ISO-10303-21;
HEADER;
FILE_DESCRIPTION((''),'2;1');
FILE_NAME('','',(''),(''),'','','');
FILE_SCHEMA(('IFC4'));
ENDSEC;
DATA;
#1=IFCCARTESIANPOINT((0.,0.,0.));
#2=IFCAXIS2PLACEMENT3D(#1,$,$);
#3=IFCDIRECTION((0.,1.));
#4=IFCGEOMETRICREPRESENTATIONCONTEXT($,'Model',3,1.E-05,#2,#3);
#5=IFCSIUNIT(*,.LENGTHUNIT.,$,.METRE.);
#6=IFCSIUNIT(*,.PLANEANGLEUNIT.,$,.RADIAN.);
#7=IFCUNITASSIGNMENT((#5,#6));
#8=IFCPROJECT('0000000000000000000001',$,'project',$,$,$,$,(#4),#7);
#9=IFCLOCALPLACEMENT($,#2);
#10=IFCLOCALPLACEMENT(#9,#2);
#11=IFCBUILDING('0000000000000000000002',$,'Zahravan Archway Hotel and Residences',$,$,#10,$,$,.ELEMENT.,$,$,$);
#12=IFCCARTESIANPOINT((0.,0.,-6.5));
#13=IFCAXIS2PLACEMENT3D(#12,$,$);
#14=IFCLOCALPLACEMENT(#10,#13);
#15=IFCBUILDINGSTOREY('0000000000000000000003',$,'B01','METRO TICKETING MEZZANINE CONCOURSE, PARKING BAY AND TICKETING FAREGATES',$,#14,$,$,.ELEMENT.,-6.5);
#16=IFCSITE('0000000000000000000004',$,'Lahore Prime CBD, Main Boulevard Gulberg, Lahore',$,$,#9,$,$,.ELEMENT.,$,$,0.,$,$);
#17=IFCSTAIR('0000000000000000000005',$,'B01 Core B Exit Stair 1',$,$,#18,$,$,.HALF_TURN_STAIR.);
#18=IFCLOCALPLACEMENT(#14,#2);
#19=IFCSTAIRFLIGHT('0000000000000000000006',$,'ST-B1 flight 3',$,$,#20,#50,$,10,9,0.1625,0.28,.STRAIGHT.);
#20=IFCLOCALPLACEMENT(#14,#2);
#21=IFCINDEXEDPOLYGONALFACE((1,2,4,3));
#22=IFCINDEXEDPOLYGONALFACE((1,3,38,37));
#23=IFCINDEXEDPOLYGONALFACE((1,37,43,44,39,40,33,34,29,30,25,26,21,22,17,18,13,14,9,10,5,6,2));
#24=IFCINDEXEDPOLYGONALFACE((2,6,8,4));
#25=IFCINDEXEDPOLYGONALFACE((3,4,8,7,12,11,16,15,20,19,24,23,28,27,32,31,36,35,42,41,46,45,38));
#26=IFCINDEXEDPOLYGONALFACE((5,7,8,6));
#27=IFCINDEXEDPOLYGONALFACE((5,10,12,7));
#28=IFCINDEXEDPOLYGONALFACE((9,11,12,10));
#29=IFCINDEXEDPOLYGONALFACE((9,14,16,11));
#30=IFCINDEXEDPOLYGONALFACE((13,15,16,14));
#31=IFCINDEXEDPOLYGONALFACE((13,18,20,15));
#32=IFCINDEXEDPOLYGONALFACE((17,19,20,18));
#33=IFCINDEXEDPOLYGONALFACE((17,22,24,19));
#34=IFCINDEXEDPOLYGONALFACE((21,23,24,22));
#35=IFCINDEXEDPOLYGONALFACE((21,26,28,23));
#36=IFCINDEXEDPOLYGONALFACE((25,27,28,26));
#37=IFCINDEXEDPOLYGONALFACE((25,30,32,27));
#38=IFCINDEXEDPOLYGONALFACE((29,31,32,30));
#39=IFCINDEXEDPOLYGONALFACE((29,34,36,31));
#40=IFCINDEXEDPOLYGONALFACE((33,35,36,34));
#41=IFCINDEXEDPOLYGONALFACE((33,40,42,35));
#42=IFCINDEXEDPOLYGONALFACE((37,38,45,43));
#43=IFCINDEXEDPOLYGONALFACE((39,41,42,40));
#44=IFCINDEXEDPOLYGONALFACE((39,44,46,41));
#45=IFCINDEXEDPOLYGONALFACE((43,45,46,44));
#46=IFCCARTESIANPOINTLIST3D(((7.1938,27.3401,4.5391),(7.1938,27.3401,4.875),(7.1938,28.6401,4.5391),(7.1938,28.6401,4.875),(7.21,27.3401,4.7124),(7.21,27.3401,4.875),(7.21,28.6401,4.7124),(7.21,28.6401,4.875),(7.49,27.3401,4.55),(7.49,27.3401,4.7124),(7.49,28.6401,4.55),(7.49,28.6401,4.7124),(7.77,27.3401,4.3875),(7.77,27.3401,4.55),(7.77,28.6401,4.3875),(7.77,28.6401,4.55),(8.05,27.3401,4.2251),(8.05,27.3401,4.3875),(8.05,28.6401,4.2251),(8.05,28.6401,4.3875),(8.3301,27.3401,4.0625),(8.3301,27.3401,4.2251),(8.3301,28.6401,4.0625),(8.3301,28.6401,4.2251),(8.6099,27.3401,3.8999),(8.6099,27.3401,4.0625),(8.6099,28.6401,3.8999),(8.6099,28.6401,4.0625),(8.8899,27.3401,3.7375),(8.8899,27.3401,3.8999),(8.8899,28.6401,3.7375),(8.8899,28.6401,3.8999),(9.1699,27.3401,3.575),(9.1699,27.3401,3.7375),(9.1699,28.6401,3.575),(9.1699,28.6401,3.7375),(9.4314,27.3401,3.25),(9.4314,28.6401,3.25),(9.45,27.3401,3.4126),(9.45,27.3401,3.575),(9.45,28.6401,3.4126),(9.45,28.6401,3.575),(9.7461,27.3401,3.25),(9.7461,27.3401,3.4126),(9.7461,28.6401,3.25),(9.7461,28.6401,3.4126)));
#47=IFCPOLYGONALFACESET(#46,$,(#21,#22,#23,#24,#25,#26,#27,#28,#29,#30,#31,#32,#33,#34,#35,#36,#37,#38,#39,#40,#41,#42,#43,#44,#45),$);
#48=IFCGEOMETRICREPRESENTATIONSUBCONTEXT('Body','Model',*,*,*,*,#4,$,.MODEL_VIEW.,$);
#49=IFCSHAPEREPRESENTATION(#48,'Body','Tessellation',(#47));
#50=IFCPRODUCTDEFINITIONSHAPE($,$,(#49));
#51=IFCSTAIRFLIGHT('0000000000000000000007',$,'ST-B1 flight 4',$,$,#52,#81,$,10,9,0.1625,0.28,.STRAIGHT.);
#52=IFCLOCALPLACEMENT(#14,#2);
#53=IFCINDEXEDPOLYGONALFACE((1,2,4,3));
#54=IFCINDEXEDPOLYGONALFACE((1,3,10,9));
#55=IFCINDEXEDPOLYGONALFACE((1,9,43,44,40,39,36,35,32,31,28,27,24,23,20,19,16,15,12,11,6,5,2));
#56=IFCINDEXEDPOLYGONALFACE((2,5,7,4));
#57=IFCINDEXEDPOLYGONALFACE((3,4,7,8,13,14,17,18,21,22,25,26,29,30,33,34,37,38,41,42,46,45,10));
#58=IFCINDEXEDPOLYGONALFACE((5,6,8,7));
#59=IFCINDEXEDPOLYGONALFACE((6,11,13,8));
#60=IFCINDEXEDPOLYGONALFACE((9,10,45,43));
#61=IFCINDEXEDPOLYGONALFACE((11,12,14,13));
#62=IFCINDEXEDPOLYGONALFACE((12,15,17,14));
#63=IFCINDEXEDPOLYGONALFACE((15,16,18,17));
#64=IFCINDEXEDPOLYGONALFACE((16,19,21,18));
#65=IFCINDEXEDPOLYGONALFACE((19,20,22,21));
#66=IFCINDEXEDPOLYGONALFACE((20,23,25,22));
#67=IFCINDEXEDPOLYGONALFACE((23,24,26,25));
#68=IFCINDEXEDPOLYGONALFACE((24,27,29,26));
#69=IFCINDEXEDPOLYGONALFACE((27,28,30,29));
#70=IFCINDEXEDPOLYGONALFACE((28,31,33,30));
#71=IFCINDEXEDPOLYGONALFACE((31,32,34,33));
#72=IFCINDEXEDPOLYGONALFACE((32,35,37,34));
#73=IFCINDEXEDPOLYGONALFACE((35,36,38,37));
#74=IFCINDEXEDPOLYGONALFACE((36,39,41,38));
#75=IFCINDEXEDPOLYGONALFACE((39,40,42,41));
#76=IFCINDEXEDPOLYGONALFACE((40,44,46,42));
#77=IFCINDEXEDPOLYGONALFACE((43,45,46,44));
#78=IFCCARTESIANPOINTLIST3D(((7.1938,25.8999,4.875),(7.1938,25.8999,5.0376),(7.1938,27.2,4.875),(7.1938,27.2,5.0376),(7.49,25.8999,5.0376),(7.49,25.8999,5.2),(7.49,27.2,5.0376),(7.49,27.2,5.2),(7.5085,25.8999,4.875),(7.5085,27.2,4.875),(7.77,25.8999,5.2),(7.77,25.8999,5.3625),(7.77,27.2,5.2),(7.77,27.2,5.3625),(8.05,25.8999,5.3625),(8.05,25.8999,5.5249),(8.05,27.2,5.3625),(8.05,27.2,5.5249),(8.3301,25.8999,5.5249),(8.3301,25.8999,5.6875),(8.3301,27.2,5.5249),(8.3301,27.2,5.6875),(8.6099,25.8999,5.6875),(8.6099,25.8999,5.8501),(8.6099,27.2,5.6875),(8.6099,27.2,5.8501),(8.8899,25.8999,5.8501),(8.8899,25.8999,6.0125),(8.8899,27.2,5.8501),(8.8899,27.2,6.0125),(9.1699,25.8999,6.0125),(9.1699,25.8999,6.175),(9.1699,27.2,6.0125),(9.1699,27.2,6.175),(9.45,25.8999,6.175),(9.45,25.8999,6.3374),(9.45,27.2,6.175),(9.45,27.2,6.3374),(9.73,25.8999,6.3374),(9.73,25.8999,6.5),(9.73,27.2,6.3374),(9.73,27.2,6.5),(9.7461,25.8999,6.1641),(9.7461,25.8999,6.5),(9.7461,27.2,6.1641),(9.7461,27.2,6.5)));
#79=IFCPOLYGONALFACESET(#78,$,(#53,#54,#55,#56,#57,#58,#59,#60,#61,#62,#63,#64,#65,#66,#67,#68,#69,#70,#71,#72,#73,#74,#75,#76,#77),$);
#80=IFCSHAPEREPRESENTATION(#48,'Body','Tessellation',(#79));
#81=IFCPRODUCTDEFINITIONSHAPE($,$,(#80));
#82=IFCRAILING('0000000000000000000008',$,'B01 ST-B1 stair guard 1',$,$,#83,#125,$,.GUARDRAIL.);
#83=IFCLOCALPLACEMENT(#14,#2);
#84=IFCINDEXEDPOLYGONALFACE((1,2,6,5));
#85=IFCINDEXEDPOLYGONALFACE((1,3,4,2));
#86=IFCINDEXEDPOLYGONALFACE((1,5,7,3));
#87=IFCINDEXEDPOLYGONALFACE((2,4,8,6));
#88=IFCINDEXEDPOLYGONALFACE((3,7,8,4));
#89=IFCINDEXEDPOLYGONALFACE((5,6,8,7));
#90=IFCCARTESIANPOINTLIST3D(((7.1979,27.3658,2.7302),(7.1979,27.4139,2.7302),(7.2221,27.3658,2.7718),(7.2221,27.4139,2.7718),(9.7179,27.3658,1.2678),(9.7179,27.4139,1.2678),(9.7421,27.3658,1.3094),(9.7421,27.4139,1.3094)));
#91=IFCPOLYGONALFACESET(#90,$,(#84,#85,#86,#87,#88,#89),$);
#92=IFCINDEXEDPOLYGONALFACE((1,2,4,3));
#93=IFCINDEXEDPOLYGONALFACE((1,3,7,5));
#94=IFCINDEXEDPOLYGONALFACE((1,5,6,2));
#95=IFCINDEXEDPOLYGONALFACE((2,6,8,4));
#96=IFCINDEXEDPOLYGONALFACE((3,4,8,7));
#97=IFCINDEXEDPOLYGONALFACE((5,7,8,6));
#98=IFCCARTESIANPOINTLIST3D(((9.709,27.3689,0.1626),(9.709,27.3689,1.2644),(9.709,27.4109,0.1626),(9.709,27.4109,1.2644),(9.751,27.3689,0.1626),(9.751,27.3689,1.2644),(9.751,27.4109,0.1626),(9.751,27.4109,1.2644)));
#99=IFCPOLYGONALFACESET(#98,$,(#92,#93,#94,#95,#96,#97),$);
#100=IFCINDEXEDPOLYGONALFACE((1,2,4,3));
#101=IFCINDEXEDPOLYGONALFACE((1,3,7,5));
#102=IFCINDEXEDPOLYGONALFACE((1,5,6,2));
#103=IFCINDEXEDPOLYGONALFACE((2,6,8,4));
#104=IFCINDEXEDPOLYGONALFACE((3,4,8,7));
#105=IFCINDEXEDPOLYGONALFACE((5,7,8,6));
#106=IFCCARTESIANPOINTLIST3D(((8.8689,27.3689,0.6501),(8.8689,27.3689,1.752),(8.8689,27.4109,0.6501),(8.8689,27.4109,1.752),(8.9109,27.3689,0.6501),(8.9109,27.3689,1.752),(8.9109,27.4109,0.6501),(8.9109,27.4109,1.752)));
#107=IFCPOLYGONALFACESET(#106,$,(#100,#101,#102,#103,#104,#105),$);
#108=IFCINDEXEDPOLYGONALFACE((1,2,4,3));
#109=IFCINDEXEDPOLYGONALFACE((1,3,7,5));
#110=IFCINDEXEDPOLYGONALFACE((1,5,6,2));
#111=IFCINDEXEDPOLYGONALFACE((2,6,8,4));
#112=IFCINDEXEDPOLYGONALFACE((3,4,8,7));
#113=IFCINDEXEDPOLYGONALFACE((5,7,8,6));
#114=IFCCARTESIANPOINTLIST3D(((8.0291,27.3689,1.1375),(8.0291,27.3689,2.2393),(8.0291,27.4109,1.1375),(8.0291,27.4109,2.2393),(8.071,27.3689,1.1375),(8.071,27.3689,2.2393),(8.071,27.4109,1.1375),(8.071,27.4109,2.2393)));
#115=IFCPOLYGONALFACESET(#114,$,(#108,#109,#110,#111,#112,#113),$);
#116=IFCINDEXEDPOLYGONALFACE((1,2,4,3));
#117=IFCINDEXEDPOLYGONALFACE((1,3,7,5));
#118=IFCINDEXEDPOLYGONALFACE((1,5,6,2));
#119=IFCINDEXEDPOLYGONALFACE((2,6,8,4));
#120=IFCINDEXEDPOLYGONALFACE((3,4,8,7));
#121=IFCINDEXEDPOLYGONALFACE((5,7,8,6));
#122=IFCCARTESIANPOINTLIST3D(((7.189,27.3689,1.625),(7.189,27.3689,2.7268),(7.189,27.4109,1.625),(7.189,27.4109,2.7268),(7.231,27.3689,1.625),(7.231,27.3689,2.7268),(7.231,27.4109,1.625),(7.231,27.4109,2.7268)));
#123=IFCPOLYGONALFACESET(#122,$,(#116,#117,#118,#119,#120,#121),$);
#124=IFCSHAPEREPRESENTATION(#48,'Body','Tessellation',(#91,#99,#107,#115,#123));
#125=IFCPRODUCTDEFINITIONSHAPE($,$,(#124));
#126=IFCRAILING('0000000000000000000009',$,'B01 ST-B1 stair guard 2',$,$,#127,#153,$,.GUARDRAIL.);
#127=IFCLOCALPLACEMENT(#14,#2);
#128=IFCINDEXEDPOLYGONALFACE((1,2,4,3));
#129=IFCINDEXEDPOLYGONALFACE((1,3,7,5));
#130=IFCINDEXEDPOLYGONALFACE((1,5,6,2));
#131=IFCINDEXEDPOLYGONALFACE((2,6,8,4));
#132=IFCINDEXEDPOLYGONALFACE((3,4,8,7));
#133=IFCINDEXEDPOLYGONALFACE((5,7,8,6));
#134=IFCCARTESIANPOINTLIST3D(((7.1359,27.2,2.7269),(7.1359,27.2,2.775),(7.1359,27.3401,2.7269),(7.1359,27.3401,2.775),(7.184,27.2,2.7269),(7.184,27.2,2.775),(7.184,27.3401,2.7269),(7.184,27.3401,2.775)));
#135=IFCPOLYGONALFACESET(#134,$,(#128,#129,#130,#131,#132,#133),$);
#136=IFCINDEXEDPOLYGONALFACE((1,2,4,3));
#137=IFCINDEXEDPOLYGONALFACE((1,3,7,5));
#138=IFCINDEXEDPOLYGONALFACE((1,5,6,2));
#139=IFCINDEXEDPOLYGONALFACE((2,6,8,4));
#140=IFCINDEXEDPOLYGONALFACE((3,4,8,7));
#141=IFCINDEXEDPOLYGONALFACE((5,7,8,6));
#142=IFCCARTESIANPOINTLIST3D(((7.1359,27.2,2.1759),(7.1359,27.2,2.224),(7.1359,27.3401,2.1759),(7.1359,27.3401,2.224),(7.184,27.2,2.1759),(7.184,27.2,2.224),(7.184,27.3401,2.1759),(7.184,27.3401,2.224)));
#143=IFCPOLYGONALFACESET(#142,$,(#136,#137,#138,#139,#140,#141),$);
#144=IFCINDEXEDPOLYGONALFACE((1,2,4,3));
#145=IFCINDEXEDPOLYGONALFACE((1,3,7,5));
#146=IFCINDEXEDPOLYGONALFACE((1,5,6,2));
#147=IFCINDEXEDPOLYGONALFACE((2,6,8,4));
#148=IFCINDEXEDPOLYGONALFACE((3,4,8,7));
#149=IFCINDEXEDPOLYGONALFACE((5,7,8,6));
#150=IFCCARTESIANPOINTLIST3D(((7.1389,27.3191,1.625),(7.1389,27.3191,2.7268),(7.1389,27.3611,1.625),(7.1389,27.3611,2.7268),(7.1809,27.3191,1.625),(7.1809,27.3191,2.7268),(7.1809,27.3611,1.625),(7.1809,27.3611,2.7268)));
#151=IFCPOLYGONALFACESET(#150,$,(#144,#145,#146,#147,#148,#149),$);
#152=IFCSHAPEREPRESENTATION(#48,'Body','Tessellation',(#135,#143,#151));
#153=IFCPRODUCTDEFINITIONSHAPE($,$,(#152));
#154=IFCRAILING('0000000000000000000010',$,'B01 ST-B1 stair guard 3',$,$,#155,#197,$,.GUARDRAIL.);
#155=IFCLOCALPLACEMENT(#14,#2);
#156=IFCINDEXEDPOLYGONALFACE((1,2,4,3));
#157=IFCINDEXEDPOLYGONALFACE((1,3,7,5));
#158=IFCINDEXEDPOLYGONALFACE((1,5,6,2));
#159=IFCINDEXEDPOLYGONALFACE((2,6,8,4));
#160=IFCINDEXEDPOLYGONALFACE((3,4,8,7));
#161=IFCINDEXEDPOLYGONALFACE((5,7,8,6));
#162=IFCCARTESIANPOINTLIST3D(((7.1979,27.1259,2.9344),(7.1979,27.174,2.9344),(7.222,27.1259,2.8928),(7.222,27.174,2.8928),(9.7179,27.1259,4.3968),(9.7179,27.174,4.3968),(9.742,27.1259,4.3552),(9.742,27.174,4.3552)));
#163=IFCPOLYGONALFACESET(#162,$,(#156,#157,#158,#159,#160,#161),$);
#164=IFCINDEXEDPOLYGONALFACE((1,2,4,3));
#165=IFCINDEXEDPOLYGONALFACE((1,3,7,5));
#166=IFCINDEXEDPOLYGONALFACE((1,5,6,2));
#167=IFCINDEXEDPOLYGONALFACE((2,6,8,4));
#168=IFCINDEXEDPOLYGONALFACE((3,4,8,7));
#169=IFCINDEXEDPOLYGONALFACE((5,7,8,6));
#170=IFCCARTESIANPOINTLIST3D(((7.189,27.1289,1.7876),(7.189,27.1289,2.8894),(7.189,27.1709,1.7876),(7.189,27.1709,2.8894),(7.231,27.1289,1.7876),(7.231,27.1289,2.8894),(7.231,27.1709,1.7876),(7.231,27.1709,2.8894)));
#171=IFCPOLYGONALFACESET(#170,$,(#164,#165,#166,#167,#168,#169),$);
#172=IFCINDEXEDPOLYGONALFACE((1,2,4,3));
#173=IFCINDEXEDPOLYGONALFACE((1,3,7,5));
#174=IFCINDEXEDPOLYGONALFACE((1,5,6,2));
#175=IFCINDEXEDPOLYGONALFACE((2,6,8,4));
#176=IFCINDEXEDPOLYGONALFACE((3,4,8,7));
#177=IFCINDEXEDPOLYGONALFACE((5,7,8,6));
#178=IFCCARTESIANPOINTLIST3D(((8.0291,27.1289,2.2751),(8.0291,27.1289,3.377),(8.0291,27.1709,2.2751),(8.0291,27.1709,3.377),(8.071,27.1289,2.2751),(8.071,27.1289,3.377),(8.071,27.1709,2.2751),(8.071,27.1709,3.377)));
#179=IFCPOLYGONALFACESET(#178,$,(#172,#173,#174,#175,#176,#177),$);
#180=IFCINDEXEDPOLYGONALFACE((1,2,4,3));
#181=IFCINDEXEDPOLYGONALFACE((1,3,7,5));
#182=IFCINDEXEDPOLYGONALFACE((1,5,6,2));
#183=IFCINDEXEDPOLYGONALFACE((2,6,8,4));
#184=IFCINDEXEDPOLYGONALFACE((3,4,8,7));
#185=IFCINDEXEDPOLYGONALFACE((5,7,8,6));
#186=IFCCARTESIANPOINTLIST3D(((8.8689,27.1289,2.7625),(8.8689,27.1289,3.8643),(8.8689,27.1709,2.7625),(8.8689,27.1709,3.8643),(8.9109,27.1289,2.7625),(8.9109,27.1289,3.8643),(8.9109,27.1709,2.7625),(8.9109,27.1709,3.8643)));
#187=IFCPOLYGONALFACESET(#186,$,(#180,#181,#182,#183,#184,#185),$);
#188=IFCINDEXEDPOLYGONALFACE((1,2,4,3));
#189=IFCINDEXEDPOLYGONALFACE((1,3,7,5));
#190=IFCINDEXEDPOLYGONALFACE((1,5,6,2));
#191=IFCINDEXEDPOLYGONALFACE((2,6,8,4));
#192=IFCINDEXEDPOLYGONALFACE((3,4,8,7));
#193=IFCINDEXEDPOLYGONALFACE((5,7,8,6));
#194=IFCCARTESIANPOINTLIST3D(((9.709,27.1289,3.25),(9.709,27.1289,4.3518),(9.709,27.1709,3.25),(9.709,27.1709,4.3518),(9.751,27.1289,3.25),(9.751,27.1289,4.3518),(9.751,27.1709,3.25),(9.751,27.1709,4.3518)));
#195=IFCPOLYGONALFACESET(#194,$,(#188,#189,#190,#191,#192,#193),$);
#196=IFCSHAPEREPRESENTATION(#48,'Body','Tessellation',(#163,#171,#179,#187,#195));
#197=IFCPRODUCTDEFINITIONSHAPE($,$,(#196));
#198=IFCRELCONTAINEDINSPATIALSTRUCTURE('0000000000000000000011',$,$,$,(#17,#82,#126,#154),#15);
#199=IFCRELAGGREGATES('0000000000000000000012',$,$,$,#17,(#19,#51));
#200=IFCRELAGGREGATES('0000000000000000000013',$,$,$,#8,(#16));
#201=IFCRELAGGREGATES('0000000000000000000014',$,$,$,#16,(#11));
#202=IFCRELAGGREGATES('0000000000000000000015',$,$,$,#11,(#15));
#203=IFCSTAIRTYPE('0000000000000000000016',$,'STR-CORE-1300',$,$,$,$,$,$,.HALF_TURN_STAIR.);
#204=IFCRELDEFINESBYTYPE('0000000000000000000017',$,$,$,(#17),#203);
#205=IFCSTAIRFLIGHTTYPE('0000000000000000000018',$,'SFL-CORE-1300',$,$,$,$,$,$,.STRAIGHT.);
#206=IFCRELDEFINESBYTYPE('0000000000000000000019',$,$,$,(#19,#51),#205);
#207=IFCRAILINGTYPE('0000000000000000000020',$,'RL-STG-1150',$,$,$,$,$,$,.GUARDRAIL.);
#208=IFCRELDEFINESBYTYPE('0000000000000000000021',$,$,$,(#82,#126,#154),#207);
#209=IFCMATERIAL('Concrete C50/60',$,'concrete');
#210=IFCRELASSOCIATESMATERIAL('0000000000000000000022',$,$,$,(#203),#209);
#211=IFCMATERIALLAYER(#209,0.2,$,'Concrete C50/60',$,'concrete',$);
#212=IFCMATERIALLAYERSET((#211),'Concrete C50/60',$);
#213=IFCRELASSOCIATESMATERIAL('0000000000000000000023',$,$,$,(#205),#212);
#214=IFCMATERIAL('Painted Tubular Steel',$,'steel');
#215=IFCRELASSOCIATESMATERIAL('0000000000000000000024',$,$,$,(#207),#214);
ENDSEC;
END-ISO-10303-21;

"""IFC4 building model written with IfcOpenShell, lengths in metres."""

from ifc_helpers import new_model, si_unit, direction, frame, origin, origin_2d, place, context, subcontext, project, spatial, polyline, rectangle, outline, extrude, source, transform, mapped, material, layer, layer_set, type_object, type_shapes, element, aggregate, save


model = new_model("IFC4")

# Units and contexts
model_context = context("Model", 3, precision=1e-05, world=origin(), true_north=direction((0.0, 1.0)))
body_context = subcontext(model_context, "Body", "Model", "MODEL_VIEW")
ifc_project = project(units=[si_unit("LENGTHUNIT", "METRE"), si_unit("PLANEANGLEUNIT", "RADIAN")], contexts=[model_context])

# Site, building, storey
site_placement = place(None, origin())
site = spatial("IfcSite", under=ifc_project, at=site_placement, Name="Lahore Prime CBD, Main Boulevard Gulberg, Lahore", CompositionType="ELEMENT", RefElevation=0.0)
building_placement = place(site_placement, origin())
building = spatial("IfcBuilding", under=site, at=building_placement, Name="Zahravan Archway Hotel and Residences", CompositionType="ELEMENT")
storey_placement = place(building_placement, frame((0.0, 0.0, -6.5)))
storey = spatial("IfcBuildingStorey", under=building, at=storey_placement, Name="B01", Description="METRO TICKETING MEZZANINE CONCOURSE, PARKING BAY AND TICKETING FAREGATES", CompositionType="ELEMENT", Elevation=-6.5)

# Shared definitions
ifc_material_1 = material(Name="Concrete C50/60", Category="concrete")

# Stair, stair flights
stair_type = type_object("IfcStairType", Name="STR-CORE-1300", PredefinedType="HALF_TURN_STAIR", material=ifc_material_1)
stair_placement = place(storey_placement, origin())
stair = element("IfcStair", 1, at=stair_placement, inside=storey, type_object=stair_type, Name="B01 Core B Exit Stair 1", PredefinedType="HALF_TURN_STAIR")
ifc_layer_1 = layer(ifc_material_1, 0.2, Name="Concrete C50/60", Category="concrete")
ifc_layer_set_1 = layer_set([ifc_layer_1], Name="Concrete C50/60")
stair_flight_type = type_object("IfcStairFlightType", Name="SFL-CORE-1300", PredefinedType="STRAIGHT", material=ifc_layer_set_1)
shared_shape_1 = source(origin(), body_context, "Body", "SweptSolid", [
    extrude(outline(polyline([(-0.0161, 0.0), (-0.0161, 0.1626), (0.28, 0.1626), (0.28, 0.325), (0.5601, 0.325), (0.5601, 0.4875), (0.8401, 0.4875), (0.8401, 0.6499), (1.1201, 0.6499), (1.1201, 0.8125), (1.3999, 0.8125), (1.3999, 0.9751), (1.6799, 0.9751), (1.6799, 1.1375), (1.96, 1.1375), (1.96, 1.3), (2.24, 1.3), (2.24, 1.4624), (2.52, 1.4624), (2.52, 1.625), (2.5361, 1.625), (2.5361, 1.2891), (0.2986, 0.0), (-0.0161, 0.0)])), frame((0.0, 0.6499, 0.0), z_axis=(0.0, -1.0, 0.0), x_axis=(1.0, 0.0, 0.0)), (0.0, 0.0, 1.0), 1.3),
])
type_shapes(stair_flight_type, [shared_shape_1])
stair_flight_1_placement = place(storey_placement, frame((9.73, 27.99, 3.25), z_axis=(0.0, 0.0, 1.0), x_axis=(-1.0, 0.0, 0.0)))
stair_flight_1 = element("IfcStairFlight", 2, at=stair_flight_1_placement, type_object=stair_flight_type, Name="ST-B1 flight 3", NumberOfRisers=10, NumberOfTreads=9, PredefinedType="STRAIGHT", RiserHeight=0.1625, TreadLength=0.28, context=body_context, shape_type="MappedRepresentation", body=[
    mapped(shared_shape_1, transform((0.0, 0.0, 0.0), scale=1.0)),
])
stair_flight_2_placement = place(storey_placement, frame((7.21, 26.55, 4.875), z_axis=(0.0, 0.0, 1.0), x_axis=(1.0, 0.0, 0.0)))
stair_flight_2 = element("IfcStairFlight", 3, at=stair_flight_2_placement, type_object=stair_flight_type, Name="ST-B1 flight 4", NumberOfRisers=10, NumberOfTreads=9, PredefinedType="STRAIGHT", RiserHeight=0.1625, TreadLength=0.28, context=body_context, shape_type="MappedRepresentation", body=[
    mapped(shared_shape_1, transform((0.0, 0.0, 0.0), scale=1.0)),
])
aggregate(stair, [stair_flight_1, stair_flight_2])

# Railings
ifc_material_2 = material(Name="Painted Tubular Steel", Category="steel")
railing_type_1 = type_object("IfcRailingType", Name="RL-STG-1150", PredefinedType="GUARDRAIL", material=ifc_material_2)
railing_1_placement = place(storey_placement, frame((9.73, 27.3899, 0.1626)))
element("IfcRailing", 4, at=railing_1_placement, inside=storey, type_object=railing_type_1, Name="B01 ST-B1 stair guard 1", PredefinedType="GUARDRAIL", context=body_context, shape_type="SweptSolid", body=[
    extrude(rectangle(XDim=0.0481, YDim=0.0481, at=origin_2d()), frame((0.0, 0.0, 1.126), z_axis=(-0.864913, 0.0, 0.501921), x_axis=(0.0, -1.0, 0.0)), (0.0, 0.0, 1.0), 2.9136),
    extrude(rectangle(XDim=0.042, YDim=0.042, at=origin_2d()), origin(), (0.0, 0.0, 1.0), 1.1018),
    extrude(rectangle(XDim=0.042, YDim=0.042, at=origin_2d()), frame((-0.8401, 0.0, 0.4875)), (0.0, 0.0, 1.0), 1.1018),
    extrude(rectangle(XDim=0.042, YDim=0.042, at=origin_2d()), frame((-1.6799, 0.0, 0.9749)), (0.0, 0.0, 1.0), 1.1018),
    extrude(rectangle(XDim=0.042, YDim=0.042, at=origin_2d()), frame((-2.52, 0.0, 1.4624)), (0.0, 0.0, 1.0), 1.1018),
])
railing_2_placement = place(storey_placement, frame((7.1599, 27.3401, 1.625)))
element("IfcRailing", 5, at=railing_2_placement, inside=storey, type_object=railing_type_1, Name="B01 ST-B1 stair guard 2", PredefinedType="GUARDRAIL", context=body_context, shape_type="SweptSolid", body=[
    extrude(rectangle(XDim=0.0481, YDim=0.0481, at=origin_2d()), frame((0.0, 0.0, 1.126), z_axis=(0.0, -1.0, 0.0), x_axis=(1.0, 0.0, 0.0)), (0.0, 0.0, 1.0), 0.1401),
    extrude(rectangle(XDim=0.0481, YDim=0.0481, at=origin_2d()), frame((0.0, 0.0, 0.575), z_axis=(0.0, -1.0, 0.0), x_axis=(1.0, 0.0, 0.0)), (0.0, 0.0, 1.0), 0.1401),
    extrude(rectangle(XDim=0.042, YDim=0.042, at=origin_2d()), origin(), (0.0, 0.0, 1.0), 1.1018),
])
railing_3_placement = place(storey_placement, frame((7.21, 27.1499, 1.7876)))
element("IfcRailing", 6, at=railing_3_placement, inside=storey, type_object=railing_type_1, Name="B01 ST-B1 stair guard 3", PredefinedType="GUARDRAIL", context=body_context, shape_type="SweptSolid", body=[
    extrude(rectangle(XDim=0.0481, YDim=0.0481, at=origin_2d()), frame((0.0, 0.0, 1.126), z_axis=(0.864913, 0.0, 0.501921), x_axis=(0.0, 1.0, 0.0)), (0.0, 0.0, 1.0), 2.9136),
    extrude(rectangle(XDim=0.042, YDim=0.042, at=origin_2d()), origin(), (0.0, 0.0, 1.0), 1.1018),
    extrude(rectangle(XDim=0.042, YDim=0.042, at=origin_2d()), frame((0.8401, 0.0, 0.4875)), (0.0, 0.0, 1.0), 1.1018),
    extrude(rectangle(XDim=0.042, YDim=0.042, at=origin_2d()), frame((1.6799, 0.0, 0.9749)), (0.0, 0.0, 1.0), 1.1018),
    extrude(rectangle(XDim=0.042, YDim=0.042, at=origin_2d()), frame((2.52, 0.0, 1.4624)), (0.0, 0.0, 1.0), 1.1018),
])

save(model, "model.ifc")
